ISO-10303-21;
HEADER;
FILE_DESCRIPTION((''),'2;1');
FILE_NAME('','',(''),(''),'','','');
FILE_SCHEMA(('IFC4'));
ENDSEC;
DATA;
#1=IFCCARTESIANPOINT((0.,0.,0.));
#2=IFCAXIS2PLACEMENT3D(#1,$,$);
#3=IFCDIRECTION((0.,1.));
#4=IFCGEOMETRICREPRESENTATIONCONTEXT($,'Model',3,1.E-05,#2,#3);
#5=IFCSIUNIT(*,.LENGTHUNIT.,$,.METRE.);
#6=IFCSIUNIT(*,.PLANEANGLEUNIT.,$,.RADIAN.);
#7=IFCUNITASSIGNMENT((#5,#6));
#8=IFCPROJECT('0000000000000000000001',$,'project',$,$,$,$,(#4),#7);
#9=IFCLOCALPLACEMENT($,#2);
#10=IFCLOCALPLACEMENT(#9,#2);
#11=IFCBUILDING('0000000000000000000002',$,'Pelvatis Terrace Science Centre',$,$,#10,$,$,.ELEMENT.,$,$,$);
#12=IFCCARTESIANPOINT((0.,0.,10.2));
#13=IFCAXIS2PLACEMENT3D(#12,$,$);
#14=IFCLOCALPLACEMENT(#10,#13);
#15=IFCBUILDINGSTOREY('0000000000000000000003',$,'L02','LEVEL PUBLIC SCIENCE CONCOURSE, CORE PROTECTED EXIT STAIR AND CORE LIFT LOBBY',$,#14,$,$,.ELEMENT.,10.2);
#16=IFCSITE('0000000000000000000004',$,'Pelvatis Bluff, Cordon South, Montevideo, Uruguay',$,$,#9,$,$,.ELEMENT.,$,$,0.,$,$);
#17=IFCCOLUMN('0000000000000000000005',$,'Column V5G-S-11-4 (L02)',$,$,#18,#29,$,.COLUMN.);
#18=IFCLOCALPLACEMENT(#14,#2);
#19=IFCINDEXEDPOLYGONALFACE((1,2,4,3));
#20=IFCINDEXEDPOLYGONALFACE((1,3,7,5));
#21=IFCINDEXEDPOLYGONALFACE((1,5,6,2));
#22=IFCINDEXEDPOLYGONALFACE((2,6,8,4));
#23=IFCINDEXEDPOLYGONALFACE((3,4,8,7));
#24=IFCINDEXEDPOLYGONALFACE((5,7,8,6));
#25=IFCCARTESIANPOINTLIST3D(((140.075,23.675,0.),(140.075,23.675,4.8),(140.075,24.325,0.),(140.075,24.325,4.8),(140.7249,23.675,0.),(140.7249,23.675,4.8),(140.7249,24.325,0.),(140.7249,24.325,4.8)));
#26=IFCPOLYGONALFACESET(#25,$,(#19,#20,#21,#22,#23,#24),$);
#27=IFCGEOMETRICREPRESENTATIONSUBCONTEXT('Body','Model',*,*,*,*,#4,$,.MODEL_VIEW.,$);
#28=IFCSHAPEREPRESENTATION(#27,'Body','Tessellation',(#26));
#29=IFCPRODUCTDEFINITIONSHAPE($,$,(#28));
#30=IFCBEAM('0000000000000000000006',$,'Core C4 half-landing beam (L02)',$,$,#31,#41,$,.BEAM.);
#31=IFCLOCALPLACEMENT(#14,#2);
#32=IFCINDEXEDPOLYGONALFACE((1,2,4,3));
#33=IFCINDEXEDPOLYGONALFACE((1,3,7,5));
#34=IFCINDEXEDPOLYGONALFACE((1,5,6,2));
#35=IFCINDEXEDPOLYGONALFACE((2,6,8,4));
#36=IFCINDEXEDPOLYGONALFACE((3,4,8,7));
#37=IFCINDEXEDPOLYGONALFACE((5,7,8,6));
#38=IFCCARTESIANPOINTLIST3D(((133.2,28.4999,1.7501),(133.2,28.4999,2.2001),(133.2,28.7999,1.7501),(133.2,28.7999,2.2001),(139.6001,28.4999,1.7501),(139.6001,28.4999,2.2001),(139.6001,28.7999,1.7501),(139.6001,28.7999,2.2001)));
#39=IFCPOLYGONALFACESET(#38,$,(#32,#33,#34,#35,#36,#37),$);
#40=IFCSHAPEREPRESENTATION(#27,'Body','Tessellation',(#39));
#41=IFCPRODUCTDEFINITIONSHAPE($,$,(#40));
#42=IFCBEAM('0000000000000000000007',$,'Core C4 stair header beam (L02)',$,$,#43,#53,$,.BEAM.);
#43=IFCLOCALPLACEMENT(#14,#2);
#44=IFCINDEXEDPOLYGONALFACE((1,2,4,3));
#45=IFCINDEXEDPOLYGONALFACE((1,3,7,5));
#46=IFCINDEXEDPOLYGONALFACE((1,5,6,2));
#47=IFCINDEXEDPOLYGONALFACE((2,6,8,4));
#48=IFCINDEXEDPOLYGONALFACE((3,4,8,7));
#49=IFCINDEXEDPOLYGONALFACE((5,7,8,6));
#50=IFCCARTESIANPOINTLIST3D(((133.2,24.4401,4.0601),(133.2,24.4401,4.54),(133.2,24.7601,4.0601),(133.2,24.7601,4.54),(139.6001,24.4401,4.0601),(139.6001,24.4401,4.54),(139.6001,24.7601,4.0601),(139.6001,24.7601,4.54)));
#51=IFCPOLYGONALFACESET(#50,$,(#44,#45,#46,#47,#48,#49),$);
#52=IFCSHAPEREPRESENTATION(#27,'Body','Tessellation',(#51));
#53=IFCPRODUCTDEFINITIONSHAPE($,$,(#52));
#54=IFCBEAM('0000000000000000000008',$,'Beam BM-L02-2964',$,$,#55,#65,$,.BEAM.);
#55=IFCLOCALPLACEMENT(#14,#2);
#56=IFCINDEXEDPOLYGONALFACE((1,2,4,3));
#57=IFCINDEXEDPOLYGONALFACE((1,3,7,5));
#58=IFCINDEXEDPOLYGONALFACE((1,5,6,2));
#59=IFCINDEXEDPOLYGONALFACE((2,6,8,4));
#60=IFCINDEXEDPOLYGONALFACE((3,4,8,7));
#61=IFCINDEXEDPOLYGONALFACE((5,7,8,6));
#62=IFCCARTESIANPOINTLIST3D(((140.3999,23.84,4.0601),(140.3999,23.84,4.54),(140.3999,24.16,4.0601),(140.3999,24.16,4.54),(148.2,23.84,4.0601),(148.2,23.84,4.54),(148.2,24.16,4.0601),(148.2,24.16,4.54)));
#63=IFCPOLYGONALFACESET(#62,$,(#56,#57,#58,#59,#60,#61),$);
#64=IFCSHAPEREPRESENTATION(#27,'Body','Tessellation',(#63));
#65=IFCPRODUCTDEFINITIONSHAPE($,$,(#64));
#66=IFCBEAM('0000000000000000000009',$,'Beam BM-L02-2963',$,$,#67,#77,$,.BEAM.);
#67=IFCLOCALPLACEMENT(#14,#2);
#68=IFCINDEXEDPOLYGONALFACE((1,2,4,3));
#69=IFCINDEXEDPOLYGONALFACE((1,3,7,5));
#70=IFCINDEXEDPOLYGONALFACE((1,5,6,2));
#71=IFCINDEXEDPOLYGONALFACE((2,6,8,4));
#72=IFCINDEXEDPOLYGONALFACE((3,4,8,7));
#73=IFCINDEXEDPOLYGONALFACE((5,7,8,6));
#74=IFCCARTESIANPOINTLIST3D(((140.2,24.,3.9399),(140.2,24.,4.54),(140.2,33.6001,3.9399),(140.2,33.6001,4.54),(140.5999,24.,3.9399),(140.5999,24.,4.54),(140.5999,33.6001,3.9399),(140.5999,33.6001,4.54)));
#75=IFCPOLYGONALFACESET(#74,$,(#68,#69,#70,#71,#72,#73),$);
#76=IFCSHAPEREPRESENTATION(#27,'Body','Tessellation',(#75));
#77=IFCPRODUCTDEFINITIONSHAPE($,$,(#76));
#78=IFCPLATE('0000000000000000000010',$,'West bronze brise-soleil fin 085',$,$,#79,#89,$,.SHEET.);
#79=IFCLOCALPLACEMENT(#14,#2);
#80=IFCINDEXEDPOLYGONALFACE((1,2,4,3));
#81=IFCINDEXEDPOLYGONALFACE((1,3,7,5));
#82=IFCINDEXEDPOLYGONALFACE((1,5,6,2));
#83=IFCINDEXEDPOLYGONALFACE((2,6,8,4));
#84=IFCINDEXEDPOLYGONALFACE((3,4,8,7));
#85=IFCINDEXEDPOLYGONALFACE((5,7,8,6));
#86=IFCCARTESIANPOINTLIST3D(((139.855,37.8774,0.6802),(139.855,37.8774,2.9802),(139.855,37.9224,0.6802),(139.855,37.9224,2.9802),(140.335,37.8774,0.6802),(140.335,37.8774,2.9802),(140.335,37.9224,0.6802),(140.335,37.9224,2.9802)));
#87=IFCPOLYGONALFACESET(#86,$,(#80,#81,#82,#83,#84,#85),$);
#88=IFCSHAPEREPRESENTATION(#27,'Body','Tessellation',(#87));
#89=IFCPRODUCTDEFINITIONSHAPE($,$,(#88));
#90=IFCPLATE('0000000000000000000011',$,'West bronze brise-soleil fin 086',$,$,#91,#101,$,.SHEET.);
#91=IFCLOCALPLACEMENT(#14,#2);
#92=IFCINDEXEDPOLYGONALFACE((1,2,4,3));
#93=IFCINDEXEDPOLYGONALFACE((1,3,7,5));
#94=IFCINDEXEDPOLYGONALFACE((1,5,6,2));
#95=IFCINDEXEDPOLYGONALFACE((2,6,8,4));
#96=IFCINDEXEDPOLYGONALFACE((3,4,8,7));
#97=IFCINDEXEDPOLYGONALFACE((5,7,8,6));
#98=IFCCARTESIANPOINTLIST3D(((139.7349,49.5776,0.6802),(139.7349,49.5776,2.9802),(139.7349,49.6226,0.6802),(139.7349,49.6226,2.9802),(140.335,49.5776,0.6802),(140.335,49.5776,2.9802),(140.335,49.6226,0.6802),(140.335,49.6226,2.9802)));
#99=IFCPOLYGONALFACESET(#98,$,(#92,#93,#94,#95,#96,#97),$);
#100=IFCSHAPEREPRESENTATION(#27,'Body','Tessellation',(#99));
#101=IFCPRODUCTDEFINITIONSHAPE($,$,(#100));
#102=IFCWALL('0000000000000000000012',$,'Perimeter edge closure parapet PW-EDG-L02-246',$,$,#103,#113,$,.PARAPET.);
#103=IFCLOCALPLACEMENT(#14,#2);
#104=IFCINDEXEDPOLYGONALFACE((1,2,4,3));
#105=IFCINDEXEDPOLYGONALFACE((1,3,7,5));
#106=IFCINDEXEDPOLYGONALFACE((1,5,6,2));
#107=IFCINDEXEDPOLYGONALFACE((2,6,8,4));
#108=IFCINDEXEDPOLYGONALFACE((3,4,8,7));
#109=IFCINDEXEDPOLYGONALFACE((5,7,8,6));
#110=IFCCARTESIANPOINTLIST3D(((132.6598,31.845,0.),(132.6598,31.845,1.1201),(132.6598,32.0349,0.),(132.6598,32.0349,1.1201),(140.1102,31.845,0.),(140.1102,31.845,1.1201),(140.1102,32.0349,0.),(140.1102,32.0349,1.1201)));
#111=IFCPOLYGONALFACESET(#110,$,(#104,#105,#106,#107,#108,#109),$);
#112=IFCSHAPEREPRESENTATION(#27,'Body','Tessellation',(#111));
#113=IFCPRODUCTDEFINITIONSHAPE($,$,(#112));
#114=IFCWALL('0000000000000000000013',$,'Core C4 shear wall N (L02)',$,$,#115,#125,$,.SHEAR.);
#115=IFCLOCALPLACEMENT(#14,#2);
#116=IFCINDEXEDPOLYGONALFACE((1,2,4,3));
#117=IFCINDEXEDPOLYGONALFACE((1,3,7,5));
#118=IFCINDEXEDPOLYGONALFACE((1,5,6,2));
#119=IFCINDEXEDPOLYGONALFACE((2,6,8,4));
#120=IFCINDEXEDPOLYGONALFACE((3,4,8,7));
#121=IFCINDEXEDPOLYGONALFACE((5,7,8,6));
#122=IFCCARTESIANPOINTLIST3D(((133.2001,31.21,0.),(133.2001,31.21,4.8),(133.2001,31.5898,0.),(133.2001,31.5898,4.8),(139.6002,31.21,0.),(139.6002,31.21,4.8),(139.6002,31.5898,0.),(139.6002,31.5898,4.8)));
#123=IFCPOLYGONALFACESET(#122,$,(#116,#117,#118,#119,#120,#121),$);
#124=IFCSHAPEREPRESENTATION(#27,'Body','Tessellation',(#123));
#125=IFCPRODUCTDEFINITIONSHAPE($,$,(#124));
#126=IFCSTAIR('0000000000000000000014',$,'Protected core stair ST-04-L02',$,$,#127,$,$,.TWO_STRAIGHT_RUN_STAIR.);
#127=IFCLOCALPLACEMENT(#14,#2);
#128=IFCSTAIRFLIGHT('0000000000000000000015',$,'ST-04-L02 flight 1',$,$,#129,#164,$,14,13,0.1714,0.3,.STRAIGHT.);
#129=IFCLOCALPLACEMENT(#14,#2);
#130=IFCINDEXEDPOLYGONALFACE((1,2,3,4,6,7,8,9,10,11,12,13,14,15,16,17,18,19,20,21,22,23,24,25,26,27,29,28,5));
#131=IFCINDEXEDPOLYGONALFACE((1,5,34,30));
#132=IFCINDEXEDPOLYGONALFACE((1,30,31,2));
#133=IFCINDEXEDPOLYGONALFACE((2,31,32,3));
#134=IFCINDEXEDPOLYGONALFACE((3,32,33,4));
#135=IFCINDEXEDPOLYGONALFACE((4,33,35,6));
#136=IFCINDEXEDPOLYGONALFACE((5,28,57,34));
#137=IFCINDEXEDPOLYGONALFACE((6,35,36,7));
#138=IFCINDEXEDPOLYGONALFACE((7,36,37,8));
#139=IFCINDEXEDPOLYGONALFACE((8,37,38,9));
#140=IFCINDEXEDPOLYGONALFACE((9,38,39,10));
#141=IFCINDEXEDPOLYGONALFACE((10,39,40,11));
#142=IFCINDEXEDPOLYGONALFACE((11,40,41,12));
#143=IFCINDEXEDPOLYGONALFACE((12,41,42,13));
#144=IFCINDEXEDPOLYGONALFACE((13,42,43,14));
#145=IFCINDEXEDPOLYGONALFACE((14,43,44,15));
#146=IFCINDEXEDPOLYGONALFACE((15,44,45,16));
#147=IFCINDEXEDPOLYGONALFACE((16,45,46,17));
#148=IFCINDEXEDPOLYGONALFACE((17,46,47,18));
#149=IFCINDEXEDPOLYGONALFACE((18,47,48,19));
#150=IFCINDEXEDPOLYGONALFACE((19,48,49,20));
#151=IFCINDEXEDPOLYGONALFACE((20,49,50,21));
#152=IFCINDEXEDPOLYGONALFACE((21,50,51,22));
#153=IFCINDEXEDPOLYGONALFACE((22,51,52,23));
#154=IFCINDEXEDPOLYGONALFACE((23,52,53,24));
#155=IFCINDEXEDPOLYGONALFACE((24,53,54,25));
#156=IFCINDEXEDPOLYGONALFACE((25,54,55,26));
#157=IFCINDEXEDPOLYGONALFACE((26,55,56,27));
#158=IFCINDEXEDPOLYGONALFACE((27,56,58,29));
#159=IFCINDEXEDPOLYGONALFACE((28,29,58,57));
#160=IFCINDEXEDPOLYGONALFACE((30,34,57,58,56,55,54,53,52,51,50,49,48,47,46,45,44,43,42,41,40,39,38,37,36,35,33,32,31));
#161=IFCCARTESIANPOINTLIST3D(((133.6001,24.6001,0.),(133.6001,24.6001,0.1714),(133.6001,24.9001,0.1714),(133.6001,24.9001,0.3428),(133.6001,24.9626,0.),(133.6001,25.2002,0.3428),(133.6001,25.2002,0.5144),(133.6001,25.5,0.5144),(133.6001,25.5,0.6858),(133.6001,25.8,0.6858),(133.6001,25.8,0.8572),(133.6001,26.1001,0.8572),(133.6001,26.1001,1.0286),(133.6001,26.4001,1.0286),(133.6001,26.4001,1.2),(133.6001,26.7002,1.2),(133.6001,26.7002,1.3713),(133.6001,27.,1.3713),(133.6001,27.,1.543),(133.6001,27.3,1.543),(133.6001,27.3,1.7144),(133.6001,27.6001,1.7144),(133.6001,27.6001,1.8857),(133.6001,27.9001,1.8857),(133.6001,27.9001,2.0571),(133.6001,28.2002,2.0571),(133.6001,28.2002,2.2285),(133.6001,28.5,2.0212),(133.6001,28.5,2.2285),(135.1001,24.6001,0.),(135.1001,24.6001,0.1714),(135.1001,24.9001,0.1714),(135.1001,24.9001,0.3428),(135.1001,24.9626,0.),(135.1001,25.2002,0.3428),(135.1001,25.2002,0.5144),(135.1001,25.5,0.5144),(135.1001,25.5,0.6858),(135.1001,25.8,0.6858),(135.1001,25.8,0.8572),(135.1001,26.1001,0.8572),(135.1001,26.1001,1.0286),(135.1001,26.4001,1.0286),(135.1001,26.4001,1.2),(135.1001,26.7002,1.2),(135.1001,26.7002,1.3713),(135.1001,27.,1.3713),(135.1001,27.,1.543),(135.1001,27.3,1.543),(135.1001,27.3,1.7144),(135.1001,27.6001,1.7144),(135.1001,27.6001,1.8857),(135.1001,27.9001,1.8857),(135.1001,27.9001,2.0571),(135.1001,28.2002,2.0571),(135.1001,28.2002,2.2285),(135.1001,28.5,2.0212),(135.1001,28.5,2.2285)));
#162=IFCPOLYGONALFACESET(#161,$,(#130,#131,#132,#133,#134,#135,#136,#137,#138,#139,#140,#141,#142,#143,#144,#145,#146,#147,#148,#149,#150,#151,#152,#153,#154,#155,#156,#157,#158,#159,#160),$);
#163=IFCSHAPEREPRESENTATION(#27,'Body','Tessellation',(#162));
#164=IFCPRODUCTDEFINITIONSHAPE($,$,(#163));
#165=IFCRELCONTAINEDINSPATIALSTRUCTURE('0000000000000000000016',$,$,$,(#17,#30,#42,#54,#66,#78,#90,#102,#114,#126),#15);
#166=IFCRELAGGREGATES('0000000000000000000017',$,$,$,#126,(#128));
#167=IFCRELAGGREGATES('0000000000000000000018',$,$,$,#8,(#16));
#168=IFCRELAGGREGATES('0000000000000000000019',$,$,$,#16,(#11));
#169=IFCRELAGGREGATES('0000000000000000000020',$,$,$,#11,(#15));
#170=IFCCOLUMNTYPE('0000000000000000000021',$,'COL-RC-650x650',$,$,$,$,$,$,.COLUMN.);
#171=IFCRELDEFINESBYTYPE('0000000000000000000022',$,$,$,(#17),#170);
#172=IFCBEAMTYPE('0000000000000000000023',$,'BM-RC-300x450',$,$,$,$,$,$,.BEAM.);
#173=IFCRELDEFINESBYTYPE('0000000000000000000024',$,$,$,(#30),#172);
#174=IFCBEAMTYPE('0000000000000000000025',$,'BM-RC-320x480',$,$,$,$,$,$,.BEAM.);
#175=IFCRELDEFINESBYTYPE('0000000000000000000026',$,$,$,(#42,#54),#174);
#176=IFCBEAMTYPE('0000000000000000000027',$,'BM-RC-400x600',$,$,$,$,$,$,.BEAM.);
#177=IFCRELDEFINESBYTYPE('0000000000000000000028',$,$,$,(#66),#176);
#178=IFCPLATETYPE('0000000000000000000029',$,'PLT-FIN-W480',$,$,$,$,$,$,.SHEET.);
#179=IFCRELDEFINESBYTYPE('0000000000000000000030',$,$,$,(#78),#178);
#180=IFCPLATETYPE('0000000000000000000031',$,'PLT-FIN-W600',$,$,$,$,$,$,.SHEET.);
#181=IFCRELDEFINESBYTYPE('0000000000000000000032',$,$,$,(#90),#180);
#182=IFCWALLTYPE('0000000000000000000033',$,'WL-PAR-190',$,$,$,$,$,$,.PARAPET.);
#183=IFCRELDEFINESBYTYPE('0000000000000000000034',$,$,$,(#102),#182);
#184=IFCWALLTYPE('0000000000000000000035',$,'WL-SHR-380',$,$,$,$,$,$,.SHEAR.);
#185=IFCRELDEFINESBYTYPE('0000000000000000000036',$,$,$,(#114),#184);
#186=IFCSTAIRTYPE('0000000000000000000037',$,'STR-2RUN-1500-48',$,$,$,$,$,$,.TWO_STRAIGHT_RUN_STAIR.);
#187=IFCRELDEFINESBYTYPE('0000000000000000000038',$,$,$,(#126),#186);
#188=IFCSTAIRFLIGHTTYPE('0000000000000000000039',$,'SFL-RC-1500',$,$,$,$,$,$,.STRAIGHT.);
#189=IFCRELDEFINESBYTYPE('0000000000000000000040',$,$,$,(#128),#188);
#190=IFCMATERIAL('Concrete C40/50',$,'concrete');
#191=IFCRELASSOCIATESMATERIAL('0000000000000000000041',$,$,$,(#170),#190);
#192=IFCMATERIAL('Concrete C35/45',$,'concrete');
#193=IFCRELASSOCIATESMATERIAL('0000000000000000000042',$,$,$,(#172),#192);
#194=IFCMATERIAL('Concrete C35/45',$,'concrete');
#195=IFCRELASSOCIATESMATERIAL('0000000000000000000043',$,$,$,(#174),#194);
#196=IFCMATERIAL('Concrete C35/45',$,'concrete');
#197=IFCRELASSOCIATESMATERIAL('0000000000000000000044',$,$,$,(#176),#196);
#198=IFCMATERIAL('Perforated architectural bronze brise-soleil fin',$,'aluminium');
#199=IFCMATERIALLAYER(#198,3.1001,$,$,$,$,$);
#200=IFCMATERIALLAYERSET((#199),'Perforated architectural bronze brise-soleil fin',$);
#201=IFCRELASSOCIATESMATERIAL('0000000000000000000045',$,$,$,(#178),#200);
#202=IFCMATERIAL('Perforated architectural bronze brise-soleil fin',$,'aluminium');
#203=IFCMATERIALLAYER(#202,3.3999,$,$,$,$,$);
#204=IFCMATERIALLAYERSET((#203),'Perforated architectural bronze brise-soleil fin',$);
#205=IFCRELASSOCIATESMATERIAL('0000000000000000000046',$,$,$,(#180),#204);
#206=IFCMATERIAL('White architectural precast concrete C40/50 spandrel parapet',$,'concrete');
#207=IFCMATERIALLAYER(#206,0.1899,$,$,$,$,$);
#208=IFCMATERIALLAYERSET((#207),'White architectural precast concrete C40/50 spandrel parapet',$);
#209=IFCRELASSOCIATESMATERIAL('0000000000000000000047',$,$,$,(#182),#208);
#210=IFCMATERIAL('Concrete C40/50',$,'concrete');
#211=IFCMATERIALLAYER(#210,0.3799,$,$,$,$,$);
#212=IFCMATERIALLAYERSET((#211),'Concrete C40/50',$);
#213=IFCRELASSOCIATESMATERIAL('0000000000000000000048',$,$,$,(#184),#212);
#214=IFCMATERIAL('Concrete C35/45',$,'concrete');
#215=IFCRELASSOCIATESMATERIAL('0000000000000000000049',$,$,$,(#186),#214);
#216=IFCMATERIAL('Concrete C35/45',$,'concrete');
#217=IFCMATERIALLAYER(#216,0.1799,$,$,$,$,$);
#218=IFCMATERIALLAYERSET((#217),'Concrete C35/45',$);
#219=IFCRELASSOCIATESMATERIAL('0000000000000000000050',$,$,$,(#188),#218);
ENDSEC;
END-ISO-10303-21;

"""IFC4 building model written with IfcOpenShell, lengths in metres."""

from ifc_helpers import new_model, si_unit, direction, frame, frame_2d, origin, origin_2d, place, context, subcontext, project, spatial, polyline, rectangle, outline, extrude, material, layer, layer_set, material_profile, profile_set, type_object, element, aggregate, save


model = new_model("IFC4")

# Units and contexts
model_context = context("Model", 3, precision=1e-05, world=origin(), true_north=direction((0.0, 1.0)))
body_context = subcontext(model_context, "Body", "Model", "MODEL_VIEW")
ifc_project = project(units=[si_unit("LENGTHUNIT", "METRE"), si_unit("PLANEANGLEUNIT", "RADIAN")], contexts=[model_context])

# Site, building, storey
site_placement = place(None, origin())
site = spatial("IfcSite", under=ifc_project, at=site_placement, Name="Pelvatis Bluff, Cordon South, Montevideo, Uruguay", CompositionType="ELEMENT", RefElevation=0.0)
building_placement = place(site_placement, origin())
building = spatial("IfcBuilding", under=site, at=building_placement, Name="Pelvatis Terrace Science Centre", CompositionType="ELEMENT")
storey_placement = place(building_placement, frame((0.0, 0.0, 10.2)))
storey = spatial("IfcBuildingStorey", under=building, at=storey_placement, Name="L02", Description="LEVEL PUBLIC SCIENCE CONCOURSE, CORE PROTECTED EXIT STAIR AND CORE LIFT LOBBY", CompositionType="ELEMENT", Elevation=10.2)

# Column
ifc_material_1 = material(Name="Concrete C40/50", Category="concrete")
ifc_material_profile_1 = material_profile(ifc_material_1, rectangle(XDim=0.6499, YDim=0.6499, at=origin_2d()), Name="RC-COL 650x650")
ifc_profile_set_1 = profile_set([ifc_material_profile_1], Name="Concrete C40/50")
column_type = type_object("IfcColumnType", Name="COL-RC-650x650", PredefinedType="COLUMN", material=ifc_profile_set_1)
column_placement = place(storey_placement, frame((140.3999, 24.0, 0.0), z_axis=(0.0, 0.0, 1.0), x_axis=(1.0, 0.0, 0.0)))
element("IfcColumn", 1, at=column_placement, inside=storey, type_object=column_type, Name="Column V5G-S-11-4 (L02)", PredefinedType="COLUMN", context=body_context, shape_type="SweptSolid", body=[
    extrude(rectangle(XDim=0.6499, YDim=0.6499, at=origin_2d()), origin(), (0.0, 0.0, 1.0), 4.8),
])

# Beams
ifc_material_2 = material(Name="Concrete C35/45", Category="concrete")
ifc_material_profile_2 = material_profile(ifc_material_2, rectangle(XDim=0.3, YDim=0.45, at=origin_2d()), Name="RC-BM 300x450")
ifc_profile_set_2 = profile_set([ifc_material_profile_2], Name="Concrete C35/45")
beam_type_1 = type_object("IfcBeamType", Name="BM-RC-300x450", PredefinedType="BEAM", material=ifc_profile_set_2)
beam_1_placement = place(storey_placement, frame((133.2, 28.6499, 1.9751), z_axis=(1.0, 0.0, 0.0), x_axis=(0.0, 1.0, 0.0)))
element("IfcBeam", 2, at=beam_1_placement, inside=storey, type_object=beam_type_1, Name="Core C4 half-landing beam (L02)", PredefinedType="BEAM", context=body_context, shape_type="SweptSolid", body=[
    extrude(rectangle(XDim=0.3, YDim=0.45, at=origin_2d()), origin(), (0.0, 0.0, 1.0), 6.4001),
])
ifc_material_3 = material(Name="Concrete C35/45", Category="concrete")
ifc_material_profile_3 = material_profile(ifc_material_3, rectangle(XDim=0.3201, YDim=0.48, at=origin_2d()), Name="RC-BM 320x480")
ifc_profile_set_3 = profile_set([ifc_material_profile_3], Name="Concrete C35/45")
beam_type_2 = type_object("IfcBeamType", Name="BM-RC-320x480", PredefinedType="BEAM", material=ifc_profile_set_3)
beam_2_placement = place(storey_placement, frame((133.2, 24.6001, 4.3), z_axis=(1.0, 0.0, 0.0), x_axis=(0.0, 1.0, 0.0)))
element("IfcBeam", 3, at=beam_2_placement, inside=storey, type_object=beam_type_2, Name="Core C4 stair header beam (L02)", PredefinedType="BEAM", context=body_context, shape_type="SweptSolid", body=[
    extrude(rectangle(XDim=0.3201, YDim=0.48, at=origin_2d()), origin(), (0.0, 0.0, 1.0), 6.4001),
])
beam_3_placement = place(storey_placement, frame((140.3999, 24.0, 4.3), z_axis=(1.0, 0.0, 0.0), x_axis=(0.0, 1.0, 0.0)))
element("IfcBeam", 4, at=beam_3_placement, inside=storey, type_object=beam_type_2, Name="Beam BM-L02-2964", PredefinedType="BEAM", context=body_context, shape_type="SweptSolid", body=[
    extrude(rectangle(XDim=0.3201, YDim=0.48, at=origin_2d()), origin(), (0.0, 0.0, 1.0), 7.8),
])
ifc_material_4 = material(Name="Concrete C35/45", Category="concrete")
ifc_material_profile_4 = material_profile(ifc_material_4, rectangle(XDim=0.3999, YDim=0.6001, at=origin_2d()), Name="RC-BM 400x600")
ifc_profile_set_4 = profile_set([ifc_material_profile_4], Name="Concrete C35/45")
beam_type_3 = type_object("IfcBeamType", Name="BM-RC-400x600", PredefinedType="BEAM", material=ifc_profile_set_4)
beam_4_placement = place(storey_placement, frame((140.3999, 24.0, 4.24), z_axis=(0.0, 1.0, 0.0), x_axis=(-1.0, 0.0, 0.0)))
element("IfcBeam", 5, at=beam_4_placement, inside=storey, type_object=beam_type_3, Name="Beam BM-L02-2963", PredefinedType="BEAM", context=body_context, shape_type="SweptSolid", body=[
    extrude(rectangle(XDim=0.3999, YDim=0.6001, at=origin_2d()), origin(), (0.0, 0.0, 1.0), 9.6001),
])

# Plates
ifc_material_5 = material(Name="Perforated architectural bronze brise-soleil fin", Category="aluminium")
ifc_layer_1 = layer(ifc_material_5, 3.1001)
ifc_layer_set_1 = layer_set([ifc_layer_1], Name="Perforated architectural bronze brise-soleil fin")
plate_type_1 = type_object("IfcPlateType", Name="PLT-FIN-W480", PredefinedType="SHEET", material=ifc_layer_set_1)
plate_1_placement = place(storey_placement, frame((140.095, 37.8999, 0.6802), z_axis=(0.0, 0.0, 1.0), x_axis=(1.0, 0.0, 0.0)))
element("IfcPlate", 6, at=plate_1_placement, inside=storey, type_object=plate_type_1, Name="West bronze brise-soleil fin 085", PredefinedType="SHEET", context=body_context, shape_type="SweptSolid", body=[
    extrude(rectangle(XDim=0.48, YDim=0.0449, at=origin_2d()), origin(), (0.0, 0.0, 1.0), 2.3),
])
ifc_material_6 = material(Name="Perforated architectural bronze brise-soleil fin", Category="aluminium")
ifc_layer_2 = layer(ifc_material_6, 3.3999)
ifc_layer_set_2 = layer_set([ifc_layer_2], Name="Perforated architectural bronze brise-soleil fin")
plate_type_2 = type_object("IfcPlateType", Name="PLT-FIN-W600", PredefinedType="SHEET", material=ifc_layer_set_2)
plate_2_placement = place(storey_placement, frame((140.0349, 49.6001, 0.6802), z_axis=(0.0, 0.0, 1.0), x_axis=(1.0, 0.0, 0.0)))
element("IfcPlate", 7, at=plate_2_placement, inside=storey, type_object=plate_type_2, Name="West bronze brise-soleil fin 086", PredefinedType="SHEET", context=body_context, shape_type="SweptSolid", body=[
    extrude(rectangle(XDim=0.6001, YDim=0.0449, at=origin_2d()), origin(), (0.0, 0.0, 1.0), 2.3),
])

# Walls
ifc_material_7 = material(Name="White architectural precast concrete C40/50 spandrel parapet", Category="concrete")
ifc_layer_3 = layer(ifc_material_7, 0.1899)
ifc_layer_set_3 = layer_set([ifc_layer_3], Name="White architectural precast concrete C40/50 spandrel parapet")
wall_type_1 = type_object("IfcWallType", Name="WL-PAR-190", PredefinedType="PARAPET", material=ifc_layer_set_3)
wall_1_placement = place(storey_placement, frame((132.6599, 31.9399, 0.0), z_axis=(0.0, 0.0, 1.0), x_axis=(1.0, 0.0, 0.0)))
element("IfcWall", 8, at=wall_1_placement, inside=storey, type_object=wall_type_1, Name="Perimeter edge closure parapet PW-EDG-L02-246", PredefinedType="PARAPET", context=body_context, shape_type="SweptSolid", body=[
    extrude(rectangle(XDim=7.4504, YDim=0.1899, at=frame_2d((3.7251, 0.0))), origin(), (0.0, 0.0, 1.0), 1.1201),
])
ifc_material_8 = material(Name="Concrete C40/50", Category="concrete")
ifc_layer_4 = layer(ifc_material_8, 0.3799)
ifc_layer_set_4 = layer_set([ifc_layer_4], Name="Concrete C40/50")
wall_type_2 = type_object("IfcWallType", Name="WL-SHR-380", PredefinedType="SHEAR", material=ifc_layer_set_4)
wall_2_placement = place(storey_placement, frame((133.2, 31.3999, 0.0), z_axis=(0.0, 0.0, 1.0), x_axis=(1.0, 0.0, 0.0)))
element("IfcWall", 9, at=wall_2_placement, inside=storey, type_object=wall_type_2, Name="Core C4 shear wall N (L02)", PredefinedType="SHEAR", context=body_context, shape_type="SweptSolid", body=[
    extrude(rectangle(XDim=6.4001, YDim=0.3799, at=frame_2d((3.2002, 0.0))), origin(), (0.0, 0.0, 1.0), 4.8),
])

# Stair, stair flight
ifc_material_9 = material(Name="Concrete C35/45", Category="concrete")
stair_type = type_object("IfcStairType", Name="STR-2RUN-1500-48", PredefinedType="TWO_STRAIGHT_RUN_STAIR", material=ifc_material_9)
stair_placement = place(storey_placement, origin())
stair = element("IfcStair", 10, at=stair_placement, inside=storey, type_object=stair_type, Name="Protected core stair ST-04-L02", PredefinedType="TWO_STRAIGHT_RUN_STAIR")
ifc_material_10 = material(Name="Concrete C35/45", Category="concrete")
ifc_layer_5 = layer(ifc_material_10, 0.1799)
ifc_layer_set_5 = layer_set([ifc_layer_5], Name="Concrete C35/45")
stair_flight_type = type_object("IfcStairFlightType", Name="SFL-RC-1500", PredefinedType="STRAIGHT", material=ifc_layer_set_5)
stair_flight_1_placement = place(storey_placement, frame((134.3501, 24.6001, 0.0), z_axis=(0.0, 0.0, 1.0), x_axis=(0.0, 1.0, 0.0)))
stair_flight_1 = element("IfcStairFlight", 11, at=stair_flight_1_placement, type_object=stair_flight_type, Name="ST-04-L02 flight 1", NumberOfRisers=14, NumberOfTreads=13, PredefinedType="STRAIGHT", RiserHeight=0.1714, TreadLength=0.3, context=body_context, shape_type="SweptSolid", body=[
    extrude(outline(polyline([(0.0, 0.0), (0.0, 0.1714), (0.3, 0.1714), (0.3, 0.3428), (0.6001, 0.3428), (0.6001, 0.5144), (0.8999, 0.5144), (0.8999, 0.6858), (1.2, 0.6858), (1.2, 0.8572), (1.5, 0.8572), (1.5, 1.0286), (1.8, 1.0286), (1.8, 1.2), (2.1001, 1.2), (2.1001, 1.3713), (2.3999, 1.3713), (2.3999, 1.543), (2.7, 1.543), (2.7, 1.7144), (3.0, 1.7144), (3.0, 1.8857), (3.3, 1.8857), (3.3, 2.0571), (3.6001, 2.0571), (3.6001, 2.2285), (3.8999, 2.2285), (3.8999, 2.3999), (3.8999, 2.0212), (0.3625, 0.0), (0.0, 0.0)])), frame((0.0, 0.75, 0.0), z_axis=(0.0, -1.0, 0.0), x_axis=(1.0, 0.0, 0.0)), (0.0, 0.0, 1.0), 1.5),
])
aggregate(stair, [stair_flight_1])

save(model, "model.ifc")
